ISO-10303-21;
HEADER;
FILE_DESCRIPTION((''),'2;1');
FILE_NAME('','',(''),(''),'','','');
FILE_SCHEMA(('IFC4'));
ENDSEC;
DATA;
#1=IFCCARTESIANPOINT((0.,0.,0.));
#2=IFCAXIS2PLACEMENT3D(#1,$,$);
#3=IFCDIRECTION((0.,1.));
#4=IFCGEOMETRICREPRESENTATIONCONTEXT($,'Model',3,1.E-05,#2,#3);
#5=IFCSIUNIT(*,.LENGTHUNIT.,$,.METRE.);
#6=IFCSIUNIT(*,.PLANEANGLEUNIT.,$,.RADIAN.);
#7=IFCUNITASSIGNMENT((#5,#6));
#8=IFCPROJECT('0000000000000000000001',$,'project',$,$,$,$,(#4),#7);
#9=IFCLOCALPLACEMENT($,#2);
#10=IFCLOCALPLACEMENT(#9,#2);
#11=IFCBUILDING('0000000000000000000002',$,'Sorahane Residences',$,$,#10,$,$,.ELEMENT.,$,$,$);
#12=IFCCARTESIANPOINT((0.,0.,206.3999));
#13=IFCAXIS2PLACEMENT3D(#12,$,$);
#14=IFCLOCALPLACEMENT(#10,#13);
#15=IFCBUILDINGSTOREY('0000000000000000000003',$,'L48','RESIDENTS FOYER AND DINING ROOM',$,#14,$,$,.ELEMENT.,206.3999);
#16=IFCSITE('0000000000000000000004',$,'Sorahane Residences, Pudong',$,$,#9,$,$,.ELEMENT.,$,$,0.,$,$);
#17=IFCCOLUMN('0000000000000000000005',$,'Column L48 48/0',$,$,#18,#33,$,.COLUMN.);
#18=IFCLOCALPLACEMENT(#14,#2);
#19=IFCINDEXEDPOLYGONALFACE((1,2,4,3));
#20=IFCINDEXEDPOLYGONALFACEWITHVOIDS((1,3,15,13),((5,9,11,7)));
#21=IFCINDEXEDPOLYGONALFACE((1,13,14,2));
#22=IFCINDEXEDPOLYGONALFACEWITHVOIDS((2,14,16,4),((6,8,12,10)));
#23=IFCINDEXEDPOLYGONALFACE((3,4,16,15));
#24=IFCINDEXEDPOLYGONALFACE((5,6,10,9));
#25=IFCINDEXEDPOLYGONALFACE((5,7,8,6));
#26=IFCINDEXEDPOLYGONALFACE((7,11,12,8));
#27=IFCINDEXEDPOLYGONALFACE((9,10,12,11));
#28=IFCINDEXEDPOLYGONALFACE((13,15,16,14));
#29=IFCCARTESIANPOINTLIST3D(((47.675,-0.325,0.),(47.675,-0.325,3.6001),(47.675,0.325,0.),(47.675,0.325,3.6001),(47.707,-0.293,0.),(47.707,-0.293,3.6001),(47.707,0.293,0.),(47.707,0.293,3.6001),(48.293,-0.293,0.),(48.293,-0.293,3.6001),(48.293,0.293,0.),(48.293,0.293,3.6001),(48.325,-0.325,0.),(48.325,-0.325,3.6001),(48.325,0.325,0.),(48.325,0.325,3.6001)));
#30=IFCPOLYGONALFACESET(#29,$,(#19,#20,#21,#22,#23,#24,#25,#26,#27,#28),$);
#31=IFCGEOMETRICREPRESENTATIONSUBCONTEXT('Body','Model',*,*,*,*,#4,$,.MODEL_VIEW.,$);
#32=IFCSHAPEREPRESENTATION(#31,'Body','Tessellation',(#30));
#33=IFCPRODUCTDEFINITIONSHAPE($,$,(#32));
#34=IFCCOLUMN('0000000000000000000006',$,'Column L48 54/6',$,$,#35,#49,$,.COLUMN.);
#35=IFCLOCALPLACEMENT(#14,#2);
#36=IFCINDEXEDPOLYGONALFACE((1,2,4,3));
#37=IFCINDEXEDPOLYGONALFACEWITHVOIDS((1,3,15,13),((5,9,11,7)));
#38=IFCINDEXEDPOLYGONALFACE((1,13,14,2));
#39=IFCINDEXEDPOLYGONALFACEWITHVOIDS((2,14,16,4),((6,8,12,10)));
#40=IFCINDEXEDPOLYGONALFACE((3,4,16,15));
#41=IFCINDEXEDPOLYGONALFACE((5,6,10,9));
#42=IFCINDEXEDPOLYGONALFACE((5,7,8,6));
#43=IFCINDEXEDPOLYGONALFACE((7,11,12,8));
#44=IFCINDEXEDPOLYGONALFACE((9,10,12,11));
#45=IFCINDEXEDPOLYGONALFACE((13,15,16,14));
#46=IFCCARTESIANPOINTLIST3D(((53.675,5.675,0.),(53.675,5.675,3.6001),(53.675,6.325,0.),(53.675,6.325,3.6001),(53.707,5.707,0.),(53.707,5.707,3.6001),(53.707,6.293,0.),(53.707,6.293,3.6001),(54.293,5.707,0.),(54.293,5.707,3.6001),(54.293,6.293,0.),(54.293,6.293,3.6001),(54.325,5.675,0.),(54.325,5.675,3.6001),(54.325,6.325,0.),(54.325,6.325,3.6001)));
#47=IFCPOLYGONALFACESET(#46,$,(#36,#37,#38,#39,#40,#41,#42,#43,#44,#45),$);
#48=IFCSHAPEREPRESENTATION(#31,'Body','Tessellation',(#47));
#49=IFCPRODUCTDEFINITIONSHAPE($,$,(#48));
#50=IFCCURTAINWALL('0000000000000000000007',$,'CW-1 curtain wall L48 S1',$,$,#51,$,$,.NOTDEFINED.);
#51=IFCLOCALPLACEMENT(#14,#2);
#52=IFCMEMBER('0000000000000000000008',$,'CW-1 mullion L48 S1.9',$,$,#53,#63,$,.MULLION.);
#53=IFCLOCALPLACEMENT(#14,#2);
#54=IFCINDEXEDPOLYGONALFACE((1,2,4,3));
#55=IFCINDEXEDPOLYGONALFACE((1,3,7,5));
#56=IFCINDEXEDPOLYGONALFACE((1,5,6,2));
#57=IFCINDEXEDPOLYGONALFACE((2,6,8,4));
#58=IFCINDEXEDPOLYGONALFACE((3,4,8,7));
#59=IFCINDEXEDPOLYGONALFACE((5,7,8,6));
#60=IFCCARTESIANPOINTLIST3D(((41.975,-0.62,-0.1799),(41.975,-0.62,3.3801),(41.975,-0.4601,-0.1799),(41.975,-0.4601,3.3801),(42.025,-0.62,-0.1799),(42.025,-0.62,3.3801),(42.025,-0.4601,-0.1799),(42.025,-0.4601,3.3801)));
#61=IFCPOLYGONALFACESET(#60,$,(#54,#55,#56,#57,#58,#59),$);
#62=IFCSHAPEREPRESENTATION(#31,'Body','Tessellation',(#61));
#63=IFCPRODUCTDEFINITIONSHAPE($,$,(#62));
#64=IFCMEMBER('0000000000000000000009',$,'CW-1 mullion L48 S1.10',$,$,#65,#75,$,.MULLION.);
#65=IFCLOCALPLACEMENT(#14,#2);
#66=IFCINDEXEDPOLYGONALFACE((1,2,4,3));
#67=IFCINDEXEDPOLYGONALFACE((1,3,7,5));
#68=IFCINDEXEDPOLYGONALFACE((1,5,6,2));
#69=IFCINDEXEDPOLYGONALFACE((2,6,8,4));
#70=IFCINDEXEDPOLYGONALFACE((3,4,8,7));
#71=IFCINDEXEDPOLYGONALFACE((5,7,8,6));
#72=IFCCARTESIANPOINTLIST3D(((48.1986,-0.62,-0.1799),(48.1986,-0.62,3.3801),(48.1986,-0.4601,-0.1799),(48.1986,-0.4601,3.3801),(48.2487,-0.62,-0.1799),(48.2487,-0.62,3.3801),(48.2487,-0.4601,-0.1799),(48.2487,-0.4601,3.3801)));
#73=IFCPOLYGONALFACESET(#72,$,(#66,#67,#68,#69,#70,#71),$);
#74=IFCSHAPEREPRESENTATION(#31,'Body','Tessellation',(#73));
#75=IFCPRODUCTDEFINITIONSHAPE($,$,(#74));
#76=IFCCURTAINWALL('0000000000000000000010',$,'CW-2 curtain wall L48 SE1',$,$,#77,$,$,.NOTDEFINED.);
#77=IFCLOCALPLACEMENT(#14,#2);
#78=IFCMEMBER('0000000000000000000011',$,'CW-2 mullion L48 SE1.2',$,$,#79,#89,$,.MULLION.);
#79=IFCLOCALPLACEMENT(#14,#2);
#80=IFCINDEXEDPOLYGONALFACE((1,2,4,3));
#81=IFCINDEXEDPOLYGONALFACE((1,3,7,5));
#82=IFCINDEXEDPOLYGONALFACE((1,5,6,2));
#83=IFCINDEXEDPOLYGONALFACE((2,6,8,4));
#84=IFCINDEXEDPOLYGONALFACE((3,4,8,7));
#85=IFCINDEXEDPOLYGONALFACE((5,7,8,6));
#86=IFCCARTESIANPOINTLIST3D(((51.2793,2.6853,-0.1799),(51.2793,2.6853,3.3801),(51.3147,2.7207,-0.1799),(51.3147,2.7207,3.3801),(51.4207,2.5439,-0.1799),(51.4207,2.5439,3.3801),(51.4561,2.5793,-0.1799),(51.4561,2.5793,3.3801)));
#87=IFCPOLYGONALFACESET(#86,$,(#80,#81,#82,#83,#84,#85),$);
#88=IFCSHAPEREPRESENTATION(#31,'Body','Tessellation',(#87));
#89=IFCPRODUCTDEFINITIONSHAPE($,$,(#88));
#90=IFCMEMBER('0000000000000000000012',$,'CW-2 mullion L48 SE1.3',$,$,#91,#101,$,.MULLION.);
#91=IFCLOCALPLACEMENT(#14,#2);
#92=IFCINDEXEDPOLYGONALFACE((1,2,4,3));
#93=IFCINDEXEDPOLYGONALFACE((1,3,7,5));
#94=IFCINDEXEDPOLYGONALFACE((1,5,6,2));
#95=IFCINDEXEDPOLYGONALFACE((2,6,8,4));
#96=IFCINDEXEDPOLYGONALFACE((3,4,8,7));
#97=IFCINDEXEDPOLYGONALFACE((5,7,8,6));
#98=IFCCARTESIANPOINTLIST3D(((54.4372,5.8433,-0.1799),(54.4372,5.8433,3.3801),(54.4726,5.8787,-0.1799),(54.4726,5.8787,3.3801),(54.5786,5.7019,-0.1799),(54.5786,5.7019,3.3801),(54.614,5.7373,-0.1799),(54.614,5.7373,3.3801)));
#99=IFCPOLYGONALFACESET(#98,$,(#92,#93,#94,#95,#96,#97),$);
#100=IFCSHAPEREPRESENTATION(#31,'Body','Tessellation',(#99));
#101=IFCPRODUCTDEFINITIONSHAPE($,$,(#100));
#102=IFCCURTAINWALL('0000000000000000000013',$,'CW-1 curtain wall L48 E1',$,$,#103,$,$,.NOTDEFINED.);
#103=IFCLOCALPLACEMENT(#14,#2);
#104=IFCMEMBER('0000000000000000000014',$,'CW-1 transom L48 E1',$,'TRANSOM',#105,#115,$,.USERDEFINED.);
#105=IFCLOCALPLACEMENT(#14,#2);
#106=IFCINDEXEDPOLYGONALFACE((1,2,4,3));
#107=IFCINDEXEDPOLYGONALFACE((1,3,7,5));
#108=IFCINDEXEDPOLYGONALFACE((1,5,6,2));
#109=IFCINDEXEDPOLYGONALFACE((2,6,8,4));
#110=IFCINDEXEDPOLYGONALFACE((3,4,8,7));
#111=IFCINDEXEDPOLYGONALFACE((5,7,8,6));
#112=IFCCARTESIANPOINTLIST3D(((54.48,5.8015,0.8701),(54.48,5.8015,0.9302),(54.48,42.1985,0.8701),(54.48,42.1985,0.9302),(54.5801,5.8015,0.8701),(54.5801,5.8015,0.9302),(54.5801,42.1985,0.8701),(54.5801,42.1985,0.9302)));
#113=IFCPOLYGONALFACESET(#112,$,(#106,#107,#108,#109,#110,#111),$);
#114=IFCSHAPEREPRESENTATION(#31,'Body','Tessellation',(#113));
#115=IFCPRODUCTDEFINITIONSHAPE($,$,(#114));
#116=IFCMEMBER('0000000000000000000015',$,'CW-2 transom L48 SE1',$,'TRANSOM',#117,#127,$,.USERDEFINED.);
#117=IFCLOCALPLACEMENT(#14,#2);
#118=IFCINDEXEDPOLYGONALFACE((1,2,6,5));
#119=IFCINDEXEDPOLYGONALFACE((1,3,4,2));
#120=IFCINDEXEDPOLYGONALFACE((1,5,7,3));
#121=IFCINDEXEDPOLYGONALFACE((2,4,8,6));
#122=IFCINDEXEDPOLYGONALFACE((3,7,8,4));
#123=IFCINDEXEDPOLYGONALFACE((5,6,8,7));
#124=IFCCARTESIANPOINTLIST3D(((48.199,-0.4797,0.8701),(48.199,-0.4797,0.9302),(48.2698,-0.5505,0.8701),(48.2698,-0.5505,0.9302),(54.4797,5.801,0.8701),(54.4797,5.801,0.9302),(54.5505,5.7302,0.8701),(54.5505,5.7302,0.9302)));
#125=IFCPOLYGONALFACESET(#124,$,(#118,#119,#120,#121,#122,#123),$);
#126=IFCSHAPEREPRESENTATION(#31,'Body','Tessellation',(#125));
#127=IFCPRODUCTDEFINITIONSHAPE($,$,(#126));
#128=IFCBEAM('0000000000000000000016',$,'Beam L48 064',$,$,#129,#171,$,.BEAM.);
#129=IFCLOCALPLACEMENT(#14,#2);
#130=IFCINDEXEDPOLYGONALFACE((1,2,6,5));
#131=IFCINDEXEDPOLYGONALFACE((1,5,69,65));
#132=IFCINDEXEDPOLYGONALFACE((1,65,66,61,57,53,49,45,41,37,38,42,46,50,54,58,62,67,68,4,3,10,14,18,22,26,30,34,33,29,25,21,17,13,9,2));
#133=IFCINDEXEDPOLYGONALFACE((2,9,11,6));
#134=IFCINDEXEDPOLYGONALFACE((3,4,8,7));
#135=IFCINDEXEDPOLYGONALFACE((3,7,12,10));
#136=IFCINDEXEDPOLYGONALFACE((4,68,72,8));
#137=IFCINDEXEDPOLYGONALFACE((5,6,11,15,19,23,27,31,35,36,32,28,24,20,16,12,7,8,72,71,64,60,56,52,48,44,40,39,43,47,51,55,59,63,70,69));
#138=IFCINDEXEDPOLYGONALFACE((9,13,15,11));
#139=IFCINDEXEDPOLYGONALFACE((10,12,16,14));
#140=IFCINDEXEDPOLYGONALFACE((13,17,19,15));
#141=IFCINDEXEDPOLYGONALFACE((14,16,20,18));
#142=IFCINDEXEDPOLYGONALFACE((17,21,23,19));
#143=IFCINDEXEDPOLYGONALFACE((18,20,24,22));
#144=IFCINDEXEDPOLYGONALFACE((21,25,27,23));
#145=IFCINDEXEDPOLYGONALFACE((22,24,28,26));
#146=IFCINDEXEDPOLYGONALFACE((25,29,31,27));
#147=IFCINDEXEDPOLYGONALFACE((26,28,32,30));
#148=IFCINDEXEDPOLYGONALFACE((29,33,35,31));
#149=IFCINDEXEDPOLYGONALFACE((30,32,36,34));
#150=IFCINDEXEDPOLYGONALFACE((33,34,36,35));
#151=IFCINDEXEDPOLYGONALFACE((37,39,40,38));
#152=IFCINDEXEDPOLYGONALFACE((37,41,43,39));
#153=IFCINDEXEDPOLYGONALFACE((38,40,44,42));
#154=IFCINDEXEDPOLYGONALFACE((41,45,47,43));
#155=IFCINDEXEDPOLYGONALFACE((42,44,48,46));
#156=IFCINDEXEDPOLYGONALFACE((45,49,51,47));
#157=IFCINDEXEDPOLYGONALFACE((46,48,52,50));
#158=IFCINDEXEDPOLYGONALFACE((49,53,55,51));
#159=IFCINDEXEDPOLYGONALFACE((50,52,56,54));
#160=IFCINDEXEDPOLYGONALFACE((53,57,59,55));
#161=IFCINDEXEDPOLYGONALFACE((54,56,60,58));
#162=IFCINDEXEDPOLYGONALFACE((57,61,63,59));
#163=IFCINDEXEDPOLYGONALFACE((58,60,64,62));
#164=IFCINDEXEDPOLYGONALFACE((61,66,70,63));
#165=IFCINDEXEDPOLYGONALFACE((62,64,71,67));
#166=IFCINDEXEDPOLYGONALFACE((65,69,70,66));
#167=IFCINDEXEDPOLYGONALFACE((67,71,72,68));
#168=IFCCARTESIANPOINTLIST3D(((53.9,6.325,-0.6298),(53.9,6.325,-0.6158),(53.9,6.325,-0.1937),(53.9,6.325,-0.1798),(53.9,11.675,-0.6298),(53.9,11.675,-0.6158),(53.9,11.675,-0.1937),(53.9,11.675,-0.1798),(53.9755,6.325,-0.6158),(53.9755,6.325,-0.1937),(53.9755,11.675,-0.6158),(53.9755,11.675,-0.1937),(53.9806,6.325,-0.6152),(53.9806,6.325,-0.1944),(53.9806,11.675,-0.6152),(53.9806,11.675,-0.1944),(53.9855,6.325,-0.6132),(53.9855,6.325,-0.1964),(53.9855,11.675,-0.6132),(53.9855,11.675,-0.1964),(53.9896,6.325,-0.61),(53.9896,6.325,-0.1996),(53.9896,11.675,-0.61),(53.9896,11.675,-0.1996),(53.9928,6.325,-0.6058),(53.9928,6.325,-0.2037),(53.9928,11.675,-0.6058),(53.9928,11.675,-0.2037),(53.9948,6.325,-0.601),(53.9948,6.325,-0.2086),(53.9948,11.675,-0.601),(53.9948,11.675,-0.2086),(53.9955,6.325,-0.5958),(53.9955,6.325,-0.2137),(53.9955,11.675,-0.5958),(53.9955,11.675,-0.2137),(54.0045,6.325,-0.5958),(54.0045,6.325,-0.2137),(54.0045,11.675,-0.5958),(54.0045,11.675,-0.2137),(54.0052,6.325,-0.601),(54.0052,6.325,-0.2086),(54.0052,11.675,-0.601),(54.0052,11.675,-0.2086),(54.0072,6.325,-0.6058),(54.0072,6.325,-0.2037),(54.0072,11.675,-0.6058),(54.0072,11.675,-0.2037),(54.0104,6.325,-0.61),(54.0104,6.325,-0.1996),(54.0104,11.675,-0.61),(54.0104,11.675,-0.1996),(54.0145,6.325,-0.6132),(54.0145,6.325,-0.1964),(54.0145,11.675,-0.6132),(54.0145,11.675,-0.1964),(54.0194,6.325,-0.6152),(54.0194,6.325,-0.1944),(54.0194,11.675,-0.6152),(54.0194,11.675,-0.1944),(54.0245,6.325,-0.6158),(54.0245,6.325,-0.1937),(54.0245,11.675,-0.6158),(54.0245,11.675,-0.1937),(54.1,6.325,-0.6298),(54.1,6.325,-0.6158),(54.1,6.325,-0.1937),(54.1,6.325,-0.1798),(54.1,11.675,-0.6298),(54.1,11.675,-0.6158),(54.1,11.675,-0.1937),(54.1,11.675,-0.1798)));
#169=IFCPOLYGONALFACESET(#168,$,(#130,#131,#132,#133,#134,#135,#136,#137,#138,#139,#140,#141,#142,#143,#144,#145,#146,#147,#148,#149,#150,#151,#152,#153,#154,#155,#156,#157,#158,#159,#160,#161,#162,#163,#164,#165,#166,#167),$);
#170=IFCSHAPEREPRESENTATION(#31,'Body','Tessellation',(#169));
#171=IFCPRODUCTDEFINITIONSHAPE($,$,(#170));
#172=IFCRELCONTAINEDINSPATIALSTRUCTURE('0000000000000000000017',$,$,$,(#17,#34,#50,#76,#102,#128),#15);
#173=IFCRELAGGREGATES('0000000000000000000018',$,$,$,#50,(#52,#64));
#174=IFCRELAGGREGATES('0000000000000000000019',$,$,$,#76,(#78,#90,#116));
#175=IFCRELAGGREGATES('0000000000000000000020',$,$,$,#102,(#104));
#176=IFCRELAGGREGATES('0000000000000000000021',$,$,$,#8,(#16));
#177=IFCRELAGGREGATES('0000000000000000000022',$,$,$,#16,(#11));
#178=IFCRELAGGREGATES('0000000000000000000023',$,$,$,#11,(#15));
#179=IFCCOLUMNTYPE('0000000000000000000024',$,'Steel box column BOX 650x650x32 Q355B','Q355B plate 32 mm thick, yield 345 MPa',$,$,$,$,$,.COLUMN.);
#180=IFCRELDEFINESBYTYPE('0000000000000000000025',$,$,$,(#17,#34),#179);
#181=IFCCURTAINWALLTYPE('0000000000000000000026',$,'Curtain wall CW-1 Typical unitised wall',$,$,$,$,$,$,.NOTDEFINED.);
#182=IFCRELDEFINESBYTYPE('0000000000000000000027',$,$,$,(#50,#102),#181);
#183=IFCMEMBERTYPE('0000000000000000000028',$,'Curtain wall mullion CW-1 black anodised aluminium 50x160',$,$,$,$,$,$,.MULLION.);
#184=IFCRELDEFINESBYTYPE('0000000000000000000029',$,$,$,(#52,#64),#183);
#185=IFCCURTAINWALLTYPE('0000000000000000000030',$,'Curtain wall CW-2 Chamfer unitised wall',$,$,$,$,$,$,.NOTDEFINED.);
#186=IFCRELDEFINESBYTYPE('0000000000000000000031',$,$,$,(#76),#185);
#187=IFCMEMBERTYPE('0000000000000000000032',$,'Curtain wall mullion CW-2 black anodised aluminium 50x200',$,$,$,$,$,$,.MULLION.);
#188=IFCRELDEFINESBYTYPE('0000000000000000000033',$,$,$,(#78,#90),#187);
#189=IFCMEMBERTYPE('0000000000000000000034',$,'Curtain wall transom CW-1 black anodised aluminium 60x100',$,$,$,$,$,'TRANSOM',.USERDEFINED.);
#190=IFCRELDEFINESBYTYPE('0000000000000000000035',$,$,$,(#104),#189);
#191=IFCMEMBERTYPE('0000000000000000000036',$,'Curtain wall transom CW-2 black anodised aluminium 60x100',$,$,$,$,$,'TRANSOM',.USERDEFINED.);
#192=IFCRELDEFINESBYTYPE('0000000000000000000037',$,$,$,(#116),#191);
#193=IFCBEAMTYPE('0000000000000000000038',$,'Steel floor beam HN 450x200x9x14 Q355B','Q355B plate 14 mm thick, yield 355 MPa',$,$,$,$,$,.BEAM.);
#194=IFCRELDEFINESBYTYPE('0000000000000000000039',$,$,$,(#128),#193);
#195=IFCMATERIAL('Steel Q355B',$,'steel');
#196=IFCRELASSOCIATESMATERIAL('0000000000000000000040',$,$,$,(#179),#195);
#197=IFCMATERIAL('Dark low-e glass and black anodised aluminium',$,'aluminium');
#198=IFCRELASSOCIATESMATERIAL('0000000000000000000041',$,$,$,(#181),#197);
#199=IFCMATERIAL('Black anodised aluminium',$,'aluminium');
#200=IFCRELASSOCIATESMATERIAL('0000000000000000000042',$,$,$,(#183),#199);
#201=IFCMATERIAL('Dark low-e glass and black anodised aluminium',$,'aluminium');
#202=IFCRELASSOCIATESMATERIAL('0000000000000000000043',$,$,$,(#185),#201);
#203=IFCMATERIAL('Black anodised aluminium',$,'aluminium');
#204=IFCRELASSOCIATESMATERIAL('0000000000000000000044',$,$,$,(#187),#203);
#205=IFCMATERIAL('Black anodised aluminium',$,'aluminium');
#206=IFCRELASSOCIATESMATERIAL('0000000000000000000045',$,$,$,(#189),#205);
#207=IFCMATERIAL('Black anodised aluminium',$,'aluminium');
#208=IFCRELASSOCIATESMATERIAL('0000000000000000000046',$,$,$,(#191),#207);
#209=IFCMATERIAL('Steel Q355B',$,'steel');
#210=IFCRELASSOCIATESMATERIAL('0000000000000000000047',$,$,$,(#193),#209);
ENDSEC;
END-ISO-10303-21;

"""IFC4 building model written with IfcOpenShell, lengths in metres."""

from ifc_helpers import new_model, si_unit, direction, frame, origin, origin_2d, place, context, subcontext, project, spatial, rectangle, hollow_rectangle, i_section, extrude, material, material_profile, profile_set, type_object, element, aggregate, save


model = new_model("IFC4")

# Units and contexts
model_context = context("Model", 3, precision=1e-05, world=origin(), true_north=direction((0.0, 1.0)))
body_context = subcontext(model_context, "Body", "Model", "MODEL_VIEW")
ifc_project = project(units=[si_unit("LENGTHUNIT", "METRE"), si_unit("PLANEANGLEUNIT", "RADIAN")], contexts=[model_context])

# Site, building, storey
site_placement = place(None, origin())
site = spatial("IfcSite", under=ifc_project, at=site_placement, Name="Sorahane Residences, Pudong", CompositionType="ELEMENT", RefElevation=0.0)
building_placement = place(site_placement, origin())
building = spatial("IfcBuilding", under=site, at=building_placement, Name="Sorahane Residences", CompositionType="ELEMENT")
storey_placement = place(building_placement, frame((0.0, 0.0, 206.3999)))
storey = spatial("IfcBuildingStorey", under=building, at=storey_placement, Name="L48", Description="RESIDENTS FOYER AND DINING ROOM", CompositionType="ELEMENT", Elevation=206.3999)

# Columns
ifc_material_1 = material(Name="Steel Q355B", Category="steel")
ifc_material_profile_1 = material_profile(ifc_material_1, hollow_rectangle(XDim=0.6499, YDim=0.6499, WallThickness=0.032, at=origin_2d()), Name="BOX 650x650x32")
ifc_profile_set_1 = profile_set([ifc_material_profile_1], Name="Steel Q355B")
column_type = type_object("IfcColumnType", Name="Steel box column BOX 650x650x32 Q355B", Description="Q355B plate 32 mm thick, yield 345 MPa", PredefinedType="COLUMN", material=ifc_profile_set_1)
for number, where, z_axis, x_axis, name in (
    (1, (48.0, 0.0, 0.0), (0.0, 0.0, 1.0), (1.0, 0.0, 0.0), "Column L48 48/0"),
    (2, (54.0, 6.0, 0.0), (0.0, 0.0, 1.0), (1.0, 0.0, 0.0), "Column L48 54/6"),
):
    element("IfcColumn", number, at=place(storey_placement, frame(where, z_axis=z_axis, x_axis=x_axis)), inside=storey, type_object=column_type, Name=name, PredefinedType="COLUMN", context=body_context, shape_type="SweptSolid", body=[
        extrude(hollow_rectangle(XDim=0.6499, YDim=0.6499, WallThickness=0.032, at=origin_2d()), origin(), (0.0, 0.0, 1.0), 3.6001),
    ])

# Curtain walls, members
ifc_material_2 = material(Name="Dark low-e glass and black anodised aluminium", Category="aluminium")
curtain_wall_type_1 = type_object("IfcCurtainWallType", Name="Curtain wall CW-1 Typical unitised wall", PredefinedType="NOTDEFINED", material=ifc_material_2)
curtain_wall_1_placement = place(storey_placement, origin())
curtain_wall_1 = element("IfcCurtainWall", 3, at=curtain_wall_1_placement, inside=storey, type_object=curtain_wall_type_1, Name="CW-1 curtain wall L48 S1", PredefinedType="NOTDEFINED")
ifc_material_3 = material(Name="Black anodised aluminium", Category="aluminium")
ifc_material_profile_2 = material_profile(ifc_material_3, rectangle(XDim=0.1599, YDim=0.05, at=origin_2d()), Name="Curtain wall mullion CW-1 black anodised aluminium 50x160")
ifc_profile_set_2 = profile_set([ifc_material_profile_2], Name="Black anodised aluminium")
member_type_1 = type_object("IfcMemberType", Name="Curtain wall mullion CW-1 black anodised aluminium 50x160", PredefinedType="MULLION", material=ifc_profile_set_2)
member_1_placement = place(storey_placement, frame((42.0, -0.54, -0.1799), z_axis=(0.0, 0.0, 1.0), x_axis=(0.0, -1.0, 0.0)))
member_1 = element("IfcMember", 4, at=member_1_placement, type_object=member_type_1, Name="CW-1 mullion L48 S1.9", PredefinedType="MULLION", context=body_context, shape_type="SweptSolid", body=[
    extrude(rectangle(XDim=0.1599, YDim=0.05, at=origin_2d()), origin(), (0.0, 0.0, 1.0), 3.5601),
])
member_2_placement = place(storey_placement, frame((48.2236, -0.54, -0.1799), z_axis=(0.0, 0.0, 1.0), x_axis=(0.0, -1.0, 0.0)))
member_2 = element("IfcMember", 5, at=member_2_placement, type_object=member_type_1, Name="CW-1 mullion L48 S1.10", PredefinedType="MULLION", context=body_context, shape_type="SweptSolid", body=[
    extrude(rectangle(XDim=0.1599, YDim=0.05, at=origin_2d()), origin(), (0.0, 0.0, 1.0), 3.5601),
])
ifc_material_4 = material(Name="Dark low-e glass and black anodised aluminium", Category="aluminium")
curtain_wall_type_2 = type_object("IfcCurtainWallType", Name="Curtain wall CW-2 Chamfer unitised wall", PredefinedType="NOTDEFINED", material=ifc_material_4)
curtain_wall_2_placement = place(storey_placement, origin())
curtain_wall_2 = element("IfcCurtainWall", 6, at=curtain_wall_2_placement, inside=storey, type_object=curtain_wall_type_2, Name="CW-2 curtain wall L48 SE1", PredefinedType="NOTDEFINED")
ifc_material_5 = material(Name="Black anodised aluminium", Category="aluminium")
ifc_material_profile_3 = material_profile(ifc_material_5, rectangle(XDim=0.2, YDim=0.05, at=origin_2d()), Name="Curtain wall mullion CW-2 black anodised aluminium 50x200")
ifc_profile_set_3 = profile_set([ifc_material_profile_3], Name="Black anodised aluminium")
member_type_2 = type_object("IfcMemberType", Name="Curtain wall mullion CW-2 black anodised aluminium 50x200", PredefinedType="MULLION", material=ifc_profile_set_3)
member_3_placement = place(storey_placement, frame((51.3677, 2.6323, -0.1799), z_axis=(0.0, 0.0, 1.0), x_axis=(0.707107, -0.707107, 0.0)))
member_3 = element("IfcMember", 7, at=member_3_placement, type_object=member_type_2, Name="CW-2 mullion L48 SE1.2", PredefinedType="MULLION", context=body_context, shape_type="SweptSolid", body=[
    extrude(rectangle(XDim=0.2, YDim=0.05, at=origin_2d()), origin(), (0.0, 0.0, 1.0), 3.5601),
])
member_4_placement = place(storey_placement, frame((54.5256, 5.7903, -0.1799), z_axis=(0.0, 0.0, 1.0), x_axis=(0.707107, -0.707107, 0.0)))
member_4 = element("IfcMember", 8, at=member_4_placement, type_object=member_type_2, Name="CW-2 mullion L48 SE1.3", PredefinedType="MULLION", context=body_context, shape_type="SweptSolid", body=[
    extrude(rectangle(XDim=0.2, YDim=0.05, at=origin_2d()), origin(), (0.0, 0.0, 1.0), 3.5601),
])

# Curtain wall, member
curtain_wall_3_placement = place(storey_placement, origin())
curtain_wall_3 = element("IfcCurtainWall", 9, at=curtain_wall_3_placement, inside=storey, type_object=curtain_wall_type_1, Name="CW-1 curtain wall L48 E1", PredefinedType="NOTDEFINED")
ifc_material_6 = material(Name="Black anodised aluminium", Category="aluminium")
ifc_material_profile_4 = material_profile(ifc_material_6, rectangle(XDim=0.1001, YDim=0.0601, at=origin_2d()), Name="Curtain wall transom CW-1 black anodised aluminium 60x100")
ifc_profile_set_4 = profile_set([ifc_material_profile_4], Name="Black anodised aluminium")
member_type_3 = type_object("IfcMemberType", Name="Curtain wall transom CW-1 black anodised aluminium 60x100", ElementType="TRANSOM", PredefinedType="USERDEFINED", material=ifc_profile_set_4)
member_5_placement = place(storey_placement, frame((54.53, 5.8015, 0.9001), z_axis=(0.0, 1.0, 0.0), x_axis=(-1.0, 0.0, 0.0)))
member_5 = element("IfcMember", 10, at=member_5_placement, type_object=member_type_3, Name="CW-1 transom L48 E1", ObjectType="TRANSOM", PredefinedType="USERDEFINED", context=body_context, shape_type="SweptSolid", body=[
    extrude(rectangle(XDim=0.1001, YDim=0.0601, at=origin_2d()), origin(), (0.0, 0.0, 1.0), 36.397),
])

# Member
ifc_material_7 = material(Name="Black anodised aluminium", Category="aluminium")
ifc_material_profile_5 = material_profile(ifc_material_7, rectangle(XDim=0.1001, YDim=0.0601, at=origin_2d()), Name="Curtain wall transom CW-2 black anodised aluminium 60x100")
ifc_profile_set_5 = profile_set([ifc_material_profile_5], Name="Black anodised aluminium")
member_type_4 = type_object("IfcMemberType", Name="Curtain wall transom CW-2 black anodised aluminium 60x100", ElementType="TRANSOM", PredefinedType="USERDEFINED", material=ifc_profile_set_5)
member_6_placement = place(storey_placement, frame((48.2344, -0.5151, 0.9001), z_axis=(0.707107, 0.707107, 0.0), x_axis=(-0.707107, 0.707107, 0.0)))
member_6 = element("IfcMember", 11, at=member_6_placement, type_object=member_type_4, Name="CW-2 transom L48 SE1", ObjectType="TRANSOM", PredefinedType="USERDEFINED", context=body_context, shape_type="SweptSolid", body=[
    extrude(rectangle(XDim=0.1001, YDim=0.0601, at=origin_2d()), origin(), (0.0, 0.0, 1.0), 8.8823),
])

# Beam
ifc_material_8 = material(Name="Steel Q355B", Category="steel")
ifc_material_profile_6 = material_profile(ifc_material_8, i_section(OverallWidth=0.2, OverallDepth=0.45, WebThickness=0.009, FlangeThickness=0.0139, FilletRadius=0.02, at=origin_2d()), Name="HN 450x200x9x14")
ifc_profile_set_6 = profile_set([ifc_material_profile_6], Name="Steel Q355B")
beam_type_1 = type_object("IfcBeamType", Name="Steel floor beam HN 450x200x9x14 Q355B", Description="Q355B plate 14 mm thick, yield 355 MPa", PredefinedType="BEAM", material=ifc_profile_set_6)
beam_1_placement = place(storey_placement, frame((54.0, 6.325, -0.4048), z_axis=(0.0, 1.0, 0.0), x_axis=(-1.0, 0.0, 0.0)))
element("IfcBeam", 12, at=beam_1_placement, inside=storey, type_object=beam_type_1, Name="Beam L48 064", PredefinedType="BEAM", context=body_context, shape_type="SweptSolid", body=[
    extrude(i_section(OverallWidth=0.2, OverallDepth=0.45, WebThickness=0.009, FlangeThickness=0.0139, FilletRadius=0.02, at=origin_2d()), origin(), (0.0, 0.0, 1.0), 5.3501),
])

aggregate(curtain_wall_1, [member_1, member_2])
aggregate(curtain_wall_2, [member_3, member_4, member_6])
aggregate(curtain_wall_3, [member_5])

save(model, "model.ifc")
